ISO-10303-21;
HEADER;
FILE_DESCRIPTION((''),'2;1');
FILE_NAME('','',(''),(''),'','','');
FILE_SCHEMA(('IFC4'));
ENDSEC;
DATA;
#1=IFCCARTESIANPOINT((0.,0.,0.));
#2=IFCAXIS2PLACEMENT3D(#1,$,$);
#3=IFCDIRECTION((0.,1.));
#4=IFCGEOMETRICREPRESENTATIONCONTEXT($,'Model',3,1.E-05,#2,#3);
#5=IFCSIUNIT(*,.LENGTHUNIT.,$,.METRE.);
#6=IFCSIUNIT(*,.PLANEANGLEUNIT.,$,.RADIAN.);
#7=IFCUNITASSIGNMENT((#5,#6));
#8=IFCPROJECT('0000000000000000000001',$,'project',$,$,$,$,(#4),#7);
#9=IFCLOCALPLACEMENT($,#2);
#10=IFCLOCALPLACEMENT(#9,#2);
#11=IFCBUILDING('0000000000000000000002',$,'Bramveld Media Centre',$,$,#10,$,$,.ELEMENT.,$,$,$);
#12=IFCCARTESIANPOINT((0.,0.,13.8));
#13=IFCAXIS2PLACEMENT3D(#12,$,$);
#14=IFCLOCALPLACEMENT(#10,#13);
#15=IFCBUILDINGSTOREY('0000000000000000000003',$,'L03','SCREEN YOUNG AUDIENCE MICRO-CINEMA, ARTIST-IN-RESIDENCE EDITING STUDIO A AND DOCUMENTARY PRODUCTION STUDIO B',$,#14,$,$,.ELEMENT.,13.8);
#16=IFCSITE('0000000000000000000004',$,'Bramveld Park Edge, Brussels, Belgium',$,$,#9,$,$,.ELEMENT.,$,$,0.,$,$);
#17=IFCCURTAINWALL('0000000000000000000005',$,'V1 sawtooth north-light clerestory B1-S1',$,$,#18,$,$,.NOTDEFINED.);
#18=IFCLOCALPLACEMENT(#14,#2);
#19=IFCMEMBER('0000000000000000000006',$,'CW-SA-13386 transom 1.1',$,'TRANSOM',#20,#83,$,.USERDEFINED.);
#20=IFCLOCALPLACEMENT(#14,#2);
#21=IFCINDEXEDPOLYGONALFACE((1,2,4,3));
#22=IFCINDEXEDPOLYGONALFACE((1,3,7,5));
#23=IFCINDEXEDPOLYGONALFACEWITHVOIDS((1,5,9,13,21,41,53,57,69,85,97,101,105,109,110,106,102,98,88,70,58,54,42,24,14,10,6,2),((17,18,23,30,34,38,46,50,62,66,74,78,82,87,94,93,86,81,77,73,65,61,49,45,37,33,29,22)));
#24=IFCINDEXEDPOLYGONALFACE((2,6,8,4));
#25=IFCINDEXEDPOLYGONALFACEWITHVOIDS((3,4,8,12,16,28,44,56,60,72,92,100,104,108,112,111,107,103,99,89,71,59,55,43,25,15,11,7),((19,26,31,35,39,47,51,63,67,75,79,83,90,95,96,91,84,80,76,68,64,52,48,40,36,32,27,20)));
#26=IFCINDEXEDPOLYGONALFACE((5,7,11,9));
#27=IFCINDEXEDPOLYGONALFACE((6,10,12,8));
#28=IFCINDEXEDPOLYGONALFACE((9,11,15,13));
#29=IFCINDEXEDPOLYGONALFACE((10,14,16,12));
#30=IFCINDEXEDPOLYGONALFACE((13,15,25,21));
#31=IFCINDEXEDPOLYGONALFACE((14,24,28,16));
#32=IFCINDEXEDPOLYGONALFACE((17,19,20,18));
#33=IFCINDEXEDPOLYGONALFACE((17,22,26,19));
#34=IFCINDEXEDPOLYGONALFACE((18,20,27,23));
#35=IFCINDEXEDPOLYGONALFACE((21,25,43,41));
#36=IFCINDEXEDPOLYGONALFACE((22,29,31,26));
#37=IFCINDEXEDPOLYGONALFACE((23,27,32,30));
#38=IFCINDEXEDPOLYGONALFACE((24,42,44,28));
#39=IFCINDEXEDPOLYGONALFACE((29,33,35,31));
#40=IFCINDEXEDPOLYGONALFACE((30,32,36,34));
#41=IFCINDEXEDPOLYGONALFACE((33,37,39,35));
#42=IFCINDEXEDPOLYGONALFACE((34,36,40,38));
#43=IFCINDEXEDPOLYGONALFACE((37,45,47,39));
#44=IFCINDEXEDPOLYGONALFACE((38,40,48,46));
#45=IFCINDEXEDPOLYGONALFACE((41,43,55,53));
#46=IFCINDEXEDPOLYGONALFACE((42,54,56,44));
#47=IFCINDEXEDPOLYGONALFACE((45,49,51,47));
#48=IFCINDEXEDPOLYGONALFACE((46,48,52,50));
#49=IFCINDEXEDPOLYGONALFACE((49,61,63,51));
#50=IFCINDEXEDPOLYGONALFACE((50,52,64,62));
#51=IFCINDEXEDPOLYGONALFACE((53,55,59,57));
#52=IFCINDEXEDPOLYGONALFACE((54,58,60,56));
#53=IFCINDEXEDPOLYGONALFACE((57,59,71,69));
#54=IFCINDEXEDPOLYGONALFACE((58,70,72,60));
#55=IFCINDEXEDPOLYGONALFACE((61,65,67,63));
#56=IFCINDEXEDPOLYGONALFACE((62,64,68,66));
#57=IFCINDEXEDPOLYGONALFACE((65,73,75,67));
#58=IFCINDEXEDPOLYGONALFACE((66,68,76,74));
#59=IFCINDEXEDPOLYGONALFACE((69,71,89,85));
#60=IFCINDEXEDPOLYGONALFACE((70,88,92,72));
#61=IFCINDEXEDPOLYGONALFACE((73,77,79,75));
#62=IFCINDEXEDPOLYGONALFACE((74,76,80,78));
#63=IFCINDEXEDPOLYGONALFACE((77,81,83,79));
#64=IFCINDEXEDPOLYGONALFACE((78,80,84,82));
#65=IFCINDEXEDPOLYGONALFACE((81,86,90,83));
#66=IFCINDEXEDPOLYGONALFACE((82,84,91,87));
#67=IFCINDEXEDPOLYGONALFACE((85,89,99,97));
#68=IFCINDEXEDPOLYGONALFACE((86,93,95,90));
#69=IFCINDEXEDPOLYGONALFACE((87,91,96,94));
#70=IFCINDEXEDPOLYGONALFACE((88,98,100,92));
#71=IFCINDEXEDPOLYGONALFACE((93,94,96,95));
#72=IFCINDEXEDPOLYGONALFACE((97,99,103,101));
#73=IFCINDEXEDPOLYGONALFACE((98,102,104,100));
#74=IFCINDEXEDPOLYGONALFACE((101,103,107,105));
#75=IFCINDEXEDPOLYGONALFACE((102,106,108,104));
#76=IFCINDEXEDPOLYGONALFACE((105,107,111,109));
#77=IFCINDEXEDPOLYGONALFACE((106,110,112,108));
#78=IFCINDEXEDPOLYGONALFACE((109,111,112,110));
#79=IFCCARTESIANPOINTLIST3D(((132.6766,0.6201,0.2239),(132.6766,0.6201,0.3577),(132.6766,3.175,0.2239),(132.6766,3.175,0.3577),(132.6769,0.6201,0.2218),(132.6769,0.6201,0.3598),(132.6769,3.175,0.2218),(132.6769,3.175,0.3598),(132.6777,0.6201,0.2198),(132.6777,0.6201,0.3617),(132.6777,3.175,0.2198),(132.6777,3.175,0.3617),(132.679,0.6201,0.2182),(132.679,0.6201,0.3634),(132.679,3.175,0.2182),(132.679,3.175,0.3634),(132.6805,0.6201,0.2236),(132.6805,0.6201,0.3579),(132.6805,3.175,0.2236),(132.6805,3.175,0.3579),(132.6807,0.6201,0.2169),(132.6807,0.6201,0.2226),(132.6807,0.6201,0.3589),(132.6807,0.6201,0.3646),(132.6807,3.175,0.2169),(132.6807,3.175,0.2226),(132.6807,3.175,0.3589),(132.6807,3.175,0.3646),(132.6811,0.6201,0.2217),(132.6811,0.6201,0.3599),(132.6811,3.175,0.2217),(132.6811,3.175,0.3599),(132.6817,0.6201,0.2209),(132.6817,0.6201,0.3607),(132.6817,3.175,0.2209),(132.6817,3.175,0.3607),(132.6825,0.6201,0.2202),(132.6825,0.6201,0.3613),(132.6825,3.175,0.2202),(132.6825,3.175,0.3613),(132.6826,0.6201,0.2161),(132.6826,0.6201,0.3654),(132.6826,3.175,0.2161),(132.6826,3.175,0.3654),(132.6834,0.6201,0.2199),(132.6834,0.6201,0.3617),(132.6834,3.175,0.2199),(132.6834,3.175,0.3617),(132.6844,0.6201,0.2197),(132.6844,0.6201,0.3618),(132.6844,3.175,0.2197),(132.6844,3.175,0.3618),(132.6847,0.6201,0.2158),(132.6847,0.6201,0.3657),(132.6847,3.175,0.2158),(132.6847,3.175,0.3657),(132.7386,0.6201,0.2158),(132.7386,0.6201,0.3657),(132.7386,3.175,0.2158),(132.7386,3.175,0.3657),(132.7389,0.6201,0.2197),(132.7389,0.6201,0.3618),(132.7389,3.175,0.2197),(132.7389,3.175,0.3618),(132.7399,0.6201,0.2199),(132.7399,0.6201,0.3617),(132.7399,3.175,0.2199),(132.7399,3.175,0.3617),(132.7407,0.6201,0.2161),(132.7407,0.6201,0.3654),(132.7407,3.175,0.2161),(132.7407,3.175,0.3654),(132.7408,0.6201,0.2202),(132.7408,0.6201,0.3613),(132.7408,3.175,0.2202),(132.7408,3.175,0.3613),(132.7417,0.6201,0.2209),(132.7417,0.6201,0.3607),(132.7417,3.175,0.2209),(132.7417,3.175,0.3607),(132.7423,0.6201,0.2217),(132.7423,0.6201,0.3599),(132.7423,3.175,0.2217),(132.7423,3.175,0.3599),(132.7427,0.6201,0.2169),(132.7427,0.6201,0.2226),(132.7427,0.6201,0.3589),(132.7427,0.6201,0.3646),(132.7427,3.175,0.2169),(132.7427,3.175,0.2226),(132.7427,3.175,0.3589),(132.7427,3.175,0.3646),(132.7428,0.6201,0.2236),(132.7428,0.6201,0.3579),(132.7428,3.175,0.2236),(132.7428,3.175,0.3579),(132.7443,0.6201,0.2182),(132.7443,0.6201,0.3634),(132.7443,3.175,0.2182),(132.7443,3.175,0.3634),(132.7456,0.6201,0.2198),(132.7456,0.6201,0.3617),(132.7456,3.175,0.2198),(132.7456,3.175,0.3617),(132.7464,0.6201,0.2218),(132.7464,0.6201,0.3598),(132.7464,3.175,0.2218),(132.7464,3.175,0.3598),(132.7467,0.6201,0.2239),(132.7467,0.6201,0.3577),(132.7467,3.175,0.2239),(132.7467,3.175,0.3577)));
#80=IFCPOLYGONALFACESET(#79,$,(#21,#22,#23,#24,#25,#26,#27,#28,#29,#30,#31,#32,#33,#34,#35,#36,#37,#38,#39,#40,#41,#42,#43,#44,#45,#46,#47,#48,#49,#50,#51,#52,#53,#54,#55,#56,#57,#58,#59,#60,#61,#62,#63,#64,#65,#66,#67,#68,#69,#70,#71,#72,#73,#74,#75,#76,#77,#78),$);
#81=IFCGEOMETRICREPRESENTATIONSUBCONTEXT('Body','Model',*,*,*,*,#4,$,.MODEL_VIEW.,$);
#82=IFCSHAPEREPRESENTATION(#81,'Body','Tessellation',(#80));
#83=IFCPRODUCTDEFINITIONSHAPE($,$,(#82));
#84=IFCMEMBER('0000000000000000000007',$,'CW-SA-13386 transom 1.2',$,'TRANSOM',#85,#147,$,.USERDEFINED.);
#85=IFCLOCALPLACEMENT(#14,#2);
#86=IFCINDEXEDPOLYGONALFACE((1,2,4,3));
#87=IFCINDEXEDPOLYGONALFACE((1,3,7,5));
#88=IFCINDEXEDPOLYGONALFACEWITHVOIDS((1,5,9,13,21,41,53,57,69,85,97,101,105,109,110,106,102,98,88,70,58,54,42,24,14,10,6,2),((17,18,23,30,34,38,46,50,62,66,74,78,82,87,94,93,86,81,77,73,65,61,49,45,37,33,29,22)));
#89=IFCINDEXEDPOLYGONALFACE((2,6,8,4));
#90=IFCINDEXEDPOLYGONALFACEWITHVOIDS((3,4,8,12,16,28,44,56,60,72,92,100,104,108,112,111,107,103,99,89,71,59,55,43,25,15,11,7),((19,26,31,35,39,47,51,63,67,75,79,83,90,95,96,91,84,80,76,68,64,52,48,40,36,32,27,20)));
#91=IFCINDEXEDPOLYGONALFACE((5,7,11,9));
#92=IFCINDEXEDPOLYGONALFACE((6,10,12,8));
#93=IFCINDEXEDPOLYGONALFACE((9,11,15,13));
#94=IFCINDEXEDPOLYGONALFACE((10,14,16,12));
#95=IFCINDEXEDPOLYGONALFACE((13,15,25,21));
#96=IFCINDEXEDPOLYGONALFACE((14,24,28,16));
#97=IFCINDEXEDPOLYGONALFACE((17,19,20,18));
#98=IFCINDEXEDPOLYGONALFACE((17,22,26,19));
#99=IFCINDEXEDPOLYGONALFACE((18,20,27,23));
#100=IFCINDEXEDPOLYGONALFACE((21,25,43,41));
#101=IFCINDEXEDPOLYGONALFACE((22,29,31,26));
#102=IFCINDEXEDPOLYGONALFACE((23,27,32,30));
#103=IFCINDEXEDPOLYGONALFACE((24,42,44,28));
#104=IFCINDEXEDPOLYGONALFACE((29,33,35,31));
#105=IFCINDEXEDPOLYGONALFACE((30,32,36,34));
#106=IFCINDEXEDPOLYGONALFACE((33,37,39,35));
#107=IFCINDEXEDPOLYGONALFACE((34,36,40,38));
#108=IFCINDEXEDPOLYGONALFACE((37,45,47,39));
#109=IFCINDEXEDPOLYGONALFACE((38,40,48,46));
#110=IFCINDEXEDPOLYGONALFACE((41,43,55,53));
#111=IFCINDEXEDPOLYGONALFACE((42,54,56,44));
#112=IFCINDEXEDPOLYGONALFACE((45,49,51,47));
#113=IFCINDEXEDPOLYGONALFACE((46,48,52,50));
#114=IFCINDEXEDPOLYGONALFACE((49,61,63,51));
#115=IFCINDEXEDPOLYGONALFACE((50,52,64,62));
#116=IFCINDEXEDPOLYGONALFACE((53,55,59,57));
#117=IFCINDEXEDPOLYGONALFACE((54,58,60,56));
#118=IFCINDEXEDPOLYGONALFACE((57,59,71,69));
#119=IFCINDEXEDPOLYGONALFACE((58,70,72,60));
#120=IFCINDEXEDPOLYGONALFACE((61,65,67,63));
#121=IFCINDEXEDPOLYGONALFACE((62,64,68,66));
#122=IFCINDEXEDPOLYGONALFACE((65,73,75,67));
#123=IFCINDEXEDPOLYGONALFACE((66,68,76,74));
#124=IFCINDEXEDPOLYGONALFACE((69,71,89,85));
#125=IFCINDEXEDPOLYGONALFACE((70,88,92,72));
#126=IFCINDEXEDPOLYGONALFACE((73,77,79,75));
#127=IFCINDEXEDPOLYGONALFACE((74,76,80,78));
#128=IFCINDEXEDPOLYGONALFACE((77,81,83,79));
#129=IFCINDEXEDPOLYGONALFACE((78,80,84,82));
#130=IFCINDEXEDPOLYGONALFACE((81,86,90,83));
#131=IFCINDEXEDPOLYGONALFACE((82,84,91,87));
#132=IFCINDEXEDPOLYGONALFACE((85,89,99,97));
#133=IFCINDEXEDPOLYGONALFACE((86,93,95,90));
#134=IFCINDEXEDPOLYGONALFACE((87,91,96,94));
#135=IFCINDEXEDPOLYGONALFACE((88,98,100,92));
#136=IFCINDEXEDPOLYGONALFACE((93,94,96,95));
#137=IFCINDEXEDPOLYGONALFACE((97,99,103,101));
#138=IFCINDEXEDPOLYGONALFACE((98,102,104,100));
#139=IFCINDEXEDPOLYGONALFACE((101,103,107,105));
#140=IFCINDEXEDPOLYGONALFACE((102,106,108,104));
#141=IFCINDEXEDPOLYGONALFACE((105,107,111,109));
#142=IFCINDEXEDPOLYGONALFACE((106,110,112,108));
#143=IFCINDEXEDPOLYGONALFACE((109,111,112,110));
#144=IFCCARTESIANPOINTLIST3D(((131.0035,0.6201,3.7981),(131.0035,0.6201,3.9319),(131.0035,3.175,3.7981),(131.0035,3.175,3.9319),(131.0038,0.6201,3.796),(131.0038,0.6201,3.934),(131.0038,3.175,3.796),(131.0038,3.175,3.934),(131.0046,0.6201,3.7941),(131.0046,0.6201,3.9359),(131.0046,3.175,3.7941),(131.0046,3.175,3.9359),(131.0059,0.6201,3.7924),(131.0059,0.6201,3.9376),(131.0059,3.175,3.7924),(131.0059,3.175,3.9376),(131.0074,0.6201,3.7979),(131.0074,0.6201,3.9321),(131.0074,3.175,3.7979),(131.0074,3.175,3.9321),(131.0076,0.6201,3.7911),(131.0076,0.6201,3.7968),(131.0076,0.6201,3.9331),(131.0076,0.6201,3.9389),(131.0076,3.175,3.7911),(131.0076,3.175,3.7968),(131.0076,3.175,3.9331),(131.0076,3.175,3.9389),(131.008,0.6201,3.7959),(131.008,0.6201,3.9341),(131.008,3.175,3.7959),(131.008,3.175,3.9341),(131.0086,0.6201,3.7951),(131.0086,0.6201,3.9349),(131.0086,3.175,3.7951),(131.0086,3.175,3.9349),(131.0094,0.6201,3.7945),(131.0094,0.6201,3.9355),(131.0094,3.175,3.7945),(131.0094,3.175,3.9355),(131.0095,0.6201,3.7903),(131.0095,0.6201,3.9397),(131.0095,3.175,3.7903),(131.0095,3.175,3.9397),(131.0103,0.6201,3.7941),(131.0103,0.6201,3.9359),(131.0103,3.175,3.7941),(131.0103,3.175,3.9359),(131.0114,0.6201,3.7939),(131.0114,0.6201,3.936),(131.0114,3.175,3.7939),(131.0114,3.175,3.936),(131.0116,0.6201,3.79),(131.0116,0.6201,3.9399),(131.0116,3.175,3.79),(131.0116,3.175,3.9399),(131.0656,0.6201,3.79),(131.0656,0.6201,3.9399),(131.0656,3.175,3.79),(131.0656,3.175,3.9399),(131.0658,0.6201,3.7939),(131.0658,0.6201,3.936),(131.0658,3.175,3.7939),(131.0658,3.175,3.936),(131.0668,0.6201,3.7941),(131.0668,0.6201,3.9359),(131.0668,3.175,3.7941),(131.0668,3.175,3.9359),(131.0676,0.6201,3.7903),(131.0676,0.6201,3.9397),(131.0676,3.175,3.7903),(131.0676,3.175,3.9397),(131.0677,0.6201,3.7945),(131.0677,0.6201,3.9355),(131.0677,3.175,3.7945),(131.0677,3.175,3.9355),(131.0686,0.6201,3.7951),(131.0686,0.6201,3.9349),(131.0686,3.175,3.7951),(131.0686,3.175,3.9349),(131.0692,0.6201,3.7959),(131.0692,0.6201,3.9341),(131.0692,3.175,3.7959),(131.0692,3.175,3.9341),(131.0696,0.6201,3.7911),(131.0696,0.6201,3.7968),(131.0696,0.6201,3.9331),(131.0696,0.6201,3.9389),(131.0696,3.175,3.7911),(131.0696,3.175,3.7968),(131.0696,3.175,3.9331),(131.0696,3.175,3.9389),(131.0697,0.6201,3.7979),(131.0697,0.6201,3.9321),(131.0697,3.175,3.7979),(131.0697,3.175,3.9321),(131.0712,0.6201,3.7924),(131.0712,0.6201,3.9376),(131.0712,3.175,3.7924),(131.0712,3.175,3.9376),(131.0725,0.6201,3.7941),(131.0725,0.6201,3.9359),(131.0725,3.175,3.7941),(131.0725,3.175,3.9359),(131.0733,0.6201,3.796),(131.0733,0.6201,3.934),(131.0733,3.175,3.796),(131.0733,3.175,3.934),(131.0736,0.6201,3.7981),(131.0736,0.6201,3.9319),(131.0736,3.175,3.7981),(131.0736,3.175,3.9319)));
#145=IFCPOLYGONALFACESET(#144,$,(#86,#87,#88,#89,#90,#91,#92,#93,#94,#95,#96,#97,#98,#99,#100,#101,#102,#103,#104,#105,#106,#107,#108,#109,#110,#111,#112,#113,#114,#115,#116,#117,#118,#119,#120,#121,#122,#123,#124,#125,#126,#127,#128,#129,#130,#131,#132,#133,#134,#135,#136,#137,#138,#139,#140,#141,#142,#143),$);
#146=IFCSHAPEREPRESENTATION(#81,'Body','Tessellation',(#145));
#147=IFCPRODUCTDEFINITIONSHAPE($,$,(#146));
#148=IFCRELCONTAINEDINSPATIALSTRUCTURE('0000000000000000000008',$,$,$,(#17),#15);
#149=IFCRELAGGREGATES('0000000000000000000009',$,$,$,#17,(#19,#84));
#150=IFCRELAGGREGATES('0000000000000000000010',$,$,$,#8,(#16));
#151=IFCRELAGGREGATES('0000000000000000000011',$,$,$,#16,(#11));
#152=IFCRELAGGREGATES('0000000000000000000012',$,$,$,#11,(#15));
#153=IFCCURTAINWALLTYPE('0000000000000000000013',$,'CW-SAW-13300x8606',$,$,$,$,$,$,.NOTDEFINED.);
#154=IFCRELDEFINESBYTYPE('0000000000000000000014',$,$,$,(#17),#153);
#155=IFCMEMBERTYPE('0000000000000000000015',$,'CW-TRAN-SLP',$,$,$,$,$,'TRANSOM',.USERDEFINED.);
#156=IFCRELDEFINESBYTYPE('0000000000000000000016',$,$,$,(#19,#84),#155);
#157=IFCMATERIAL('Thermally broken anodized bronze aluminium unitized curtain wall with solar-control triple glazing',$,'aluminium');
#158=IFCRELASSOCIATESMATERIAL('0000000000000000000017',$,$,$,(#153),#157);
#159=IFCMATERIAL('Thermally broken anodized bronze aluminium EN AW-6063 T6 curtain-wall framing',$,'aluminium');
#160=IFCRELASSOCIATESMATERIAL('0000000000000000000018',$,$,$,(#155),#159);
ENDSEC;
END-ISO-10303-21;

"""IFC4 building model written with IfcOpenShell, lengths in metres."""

from ifc_helpers import new_model, si_unit, direction, frame, origin, origin_2d, place, context, subcontext, project, spatial, hollow_rectangle, extrude, material, material_profile, profile_set, type_object, element, aggregate, save


model = new_model("IFC4")

# Units and contexts
model_context = context("Model", 3, precision=1e-05, world=origin(), true_north=direction((0.0, 1.0)))
body_context = subcontext(model_context, "Body", "Model", "MODEL_VIEW")
ifc_project = project(units=[si_unit("LENGTHUNIT", "METRE"), si_unit("PLANEANGLEUNIT", "RADIAN")], contexts=[model_context])

# Site, building, storey
site_placement = place(None, origin())
site = spatial("IfcSite", under=ifc_project, at=site_placement, Name="Bramveld Park Edge, Brussels, Belgium", CompositionType="ELEMENT", RefElevation=0.0)
building_placement = place(site_placement, origin())
building = spatial("IfcBuilding", under=site, at=building_placement, Name="Bramveld Media Centre", CompositionType="ELEMENT")
storey_placement = place(building_placement, frame((0.0, 0.0, 13.8)))
storey = spatial("IfcBuildingStorey", under=building, at=storey_placement, Name="L03", Description="SCREEN YOUNG AUDIENCE MICRO-CINEMA, ARTIST-IN-RESIDENCE EDITING STUDIO A AND DOCUMENTARY PRODUCTION STUDIO B", CompositionType="ELEMENT", Elevation=13.8)

# Curtain wall, members
ifc_material_1 = material(Name="Thermally broken anodized bronze aluminium unitized curtain wall with solar-control triple glazing", Category="aluminium")
curtain_wall_type = type_object("IfcCurtainWallType", Name="CW-SAW-13300x8606", PredefinedType="NOTDEFINED", material=ifc_material_1)
curtain_wall_placement = place(storey_placement, origin())
curtain_wall = element("IfcCurtainWall", 1, at=curtain_wall_placement, inside=storey, type_object=curtain_wall_type, Name="V1 sawtooth north-light clerestory B1-S1", PredefinedType="NOTDEFINED")
ifc_material_2 = material(Name="Thermally broken anodized bronze aluminium EN AW-6063 T6 curtain-wall framing", Category="aluminium")
ifc_material_profile_1 = material_profile(ifc_material_2, hollow_rectangle(XDim=0.0701, YDim=0.1499, WallThickness=0.0039, InnerFilletRadius=0.0039, OuterFilletRadius=0.0081, at=origin_2d()), Name="AL-TRAN 70x150")
ifc_profile_set_1 = profile_set([ifc_material_profile_1], Name="Thermally broken anodized bronze aluminium EN AW-6063 T6 curtain-wall framing")
member_type = type_object("IfcMemberType", Name="CW-TRAN-SLP", ElementType="TRANSOM", PredefinedType="USERDEFINED", material=ifc_profile_set_1)
member_1_placement = place(storey_placement, frame((132.7117, 0.6201, 0.2908), z_axis=(0.0, 1.0, 0.0), x_axis=(-1.0, 0.0, 0.0)))
member_1 = element("IfcMember", 2, at=member_1_placement, type_object=member_type, Name="CW-SA-13386 transom 1.1", ObjectType="TRANSOM", PredefinedType="USERDEFINED", context=body_context, shape_type="SweptSolid", body=[
    extrude(hollow_rectangle(XDim=0.0701, YDim=0.1499, WallThickness=0.0039, InnerFilletRadius=0.0039, OuterFilletRadius=0.0081, at=origin_2d()), origin(), (0.0, 0.0, 1.0), 2.5549),
])
member_2_placement = place(storey_placement, frame((131.0386, 0.6201, 3.865), z_axis=(0.0, 1.0, 0.0), x_axis=(-1.0, 0.0, 0.0)))
member_2 = element("IfcMember", 3, at=member_2_placement, type_object=member_type, Name="CW-SA-13386 transom 1.2", ObjectType="TRANSOM", PredefinedType="USERDEFINED", context=body_context, shape_type="SweptSolid", body=[
    extrude(hollow_rectangle(XDim=0.0701, YDim=0.1499, WallThickness=0.0039, InnerFilletRadius=0.0039, OuterFilletRadius=0.0081, at=origin_2d()), origin(), (0.0, 0.0, 1.0), 2.5549),
])

aggregate(curtain_wall, [member_1, member_2])

save(model, "model.ifc")
